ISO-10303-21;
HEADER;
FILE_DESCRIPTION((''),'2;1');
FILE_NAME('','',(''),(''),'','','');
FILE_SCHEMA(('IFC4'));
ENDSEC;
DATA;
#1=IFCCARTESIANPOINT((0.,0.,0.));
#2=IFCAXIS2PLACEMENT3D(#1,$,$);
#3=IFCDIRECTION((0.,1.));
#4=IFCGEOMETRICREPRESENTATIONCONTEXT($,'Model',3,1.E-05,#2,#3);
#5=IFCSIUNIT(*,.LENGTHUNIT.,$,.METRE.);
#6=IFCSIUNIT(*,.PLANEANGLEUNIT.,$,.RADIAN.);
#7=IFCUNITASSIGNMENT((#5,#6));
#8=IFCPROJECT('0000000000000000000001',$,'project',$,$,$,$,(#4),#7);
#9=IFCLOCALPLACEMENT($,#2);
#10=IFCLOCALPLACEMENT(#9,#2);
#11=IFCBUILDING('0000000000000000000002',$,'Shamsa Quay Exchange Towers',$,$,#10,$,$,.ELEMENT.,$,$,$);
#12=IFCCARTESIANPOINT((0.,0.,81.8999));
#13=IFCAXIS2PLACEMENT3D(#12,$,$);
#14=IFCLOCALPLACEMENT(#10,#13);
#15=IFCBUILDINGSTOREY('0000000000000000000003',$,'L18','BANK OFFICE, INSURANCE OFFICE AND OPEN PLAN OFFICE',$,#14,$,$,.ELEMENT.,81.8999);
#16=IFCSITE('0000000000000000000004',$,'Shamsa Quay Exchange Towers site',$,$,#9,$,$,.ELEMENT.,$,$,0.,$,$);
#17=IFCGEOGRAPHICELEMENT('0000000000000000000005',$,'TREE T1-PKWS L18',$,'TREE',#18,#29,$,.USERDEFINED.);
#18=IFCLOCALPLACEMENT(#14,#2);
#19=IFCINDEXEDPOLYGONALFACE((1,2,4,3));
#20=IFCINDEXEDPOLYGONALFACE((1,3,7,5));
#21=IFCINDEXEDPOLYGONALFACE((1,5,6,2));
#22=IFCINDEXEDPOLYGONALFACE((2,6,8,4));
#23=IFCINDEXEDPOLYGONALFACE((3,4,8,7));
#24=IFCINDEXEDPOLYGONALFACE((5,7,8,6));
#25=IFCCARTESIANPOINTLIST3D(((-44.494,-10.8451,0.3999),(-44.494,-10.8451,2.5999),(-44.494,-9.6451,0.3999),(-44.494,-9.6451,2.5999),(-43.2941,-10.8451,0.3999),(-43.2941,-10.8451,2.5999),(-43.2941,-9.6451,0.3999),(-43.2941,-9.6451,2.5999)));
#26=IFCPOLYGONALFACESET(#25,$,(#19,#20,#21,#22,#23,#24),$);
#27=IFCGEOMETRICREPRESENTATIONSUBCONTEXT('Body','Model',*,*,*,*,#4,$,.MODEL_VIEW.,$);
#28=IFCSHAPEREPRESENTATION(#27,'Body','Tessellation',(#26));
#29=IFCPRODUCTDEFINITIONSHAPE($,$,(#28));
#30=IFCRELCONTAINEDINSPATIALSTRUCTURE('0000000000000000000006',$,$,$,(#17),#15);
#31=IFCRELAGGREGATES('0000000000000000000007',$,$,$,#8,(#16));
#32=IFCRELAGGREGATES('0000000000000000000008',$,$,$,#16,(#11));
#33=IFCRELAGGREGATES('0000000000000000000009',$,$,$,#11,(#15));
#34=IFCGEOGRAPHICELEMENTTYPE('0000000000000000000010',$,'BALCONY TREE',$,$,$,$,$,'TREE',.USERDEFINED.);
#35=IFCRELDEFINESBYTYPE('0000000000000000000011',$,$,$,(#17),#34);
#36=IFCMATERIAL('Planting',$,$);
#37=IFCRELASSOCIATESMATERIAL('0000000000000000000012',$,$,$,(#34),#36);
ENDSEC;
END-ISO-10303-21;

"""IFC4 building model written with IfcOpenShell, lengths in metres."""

from ifc_helpers import new_model, si_unit, direction, frame, origin, origin_2d, place, context, subcontext, project, spatial, rectangle, extrude, material, type_object, element, save


model = new_model("IFC4")

# Units and contexts
model_context = context("Model", 3, precision=1e-05, world=origin(), true_north=direction((0.0, 1.0)))
body_context = subcontext(model_context, "Body", "Model", "MODEL_VIEW")
ifc_project = project(units=[si_unit("LENGTHUNIT", "METRE"), si_unit("PLANEANGLEUNIT", "RADIAN")], contexts=[model_context])

# Site, building, storey
site_placement = place(None, origin())
site = spatial("IfcSite", under=ifc_project, at=site_placement, Name="Shamsa Quay Exchange Towers site", CompositionType="ELEMENT", RefElevation=0.0)
building_placement = place(site_placement, origin())
building = spatial("IfcBuilding", under=site, at=building_placement, Name="Shamsa Quay Exchange Towers", CompositionType="ELEMENT")
storey_placement = place(building_placement, frame((0.0, 0.0, 81.8999)))
storey = spatial("IfcBuildingStorey", under=building, at=storey_placement, Name="L18", Description="BANK OFFICE, INSURANCE OFFICE AND OPEN PLAN OFFICE", CompositionType="ELEMENT", Elevation=81.8999)

# Geographic element
ifc_material_1 = material(Name="Planting")
geographic_element_type = type_object("IfcGeographicElementType", Name="BALCONY TREE", ElementType="TREE", PredefinedType="USERDEFINED", material=ifc_material_1)
geographic_element_placement = place(storey_placement, frame((-43.894, -10.2451, 0.3999)))
element("IfcGeographicElement", 1, at=geographic_element_placement, inside=storey, type_object=geographic_element_type, Name="TREE T1-PKWS L18", ObjectType="TREE", PredefinedType="USERDEFINED", context=body_context, shape_type="SweptSolid", body=[
    extrude(rectangle(XDim=1.2, YDim=1.2, at=origin_2d()), origin(), (0.0, 0.0, 1.0), 2.2),
])

save(model, "model.ifc")
